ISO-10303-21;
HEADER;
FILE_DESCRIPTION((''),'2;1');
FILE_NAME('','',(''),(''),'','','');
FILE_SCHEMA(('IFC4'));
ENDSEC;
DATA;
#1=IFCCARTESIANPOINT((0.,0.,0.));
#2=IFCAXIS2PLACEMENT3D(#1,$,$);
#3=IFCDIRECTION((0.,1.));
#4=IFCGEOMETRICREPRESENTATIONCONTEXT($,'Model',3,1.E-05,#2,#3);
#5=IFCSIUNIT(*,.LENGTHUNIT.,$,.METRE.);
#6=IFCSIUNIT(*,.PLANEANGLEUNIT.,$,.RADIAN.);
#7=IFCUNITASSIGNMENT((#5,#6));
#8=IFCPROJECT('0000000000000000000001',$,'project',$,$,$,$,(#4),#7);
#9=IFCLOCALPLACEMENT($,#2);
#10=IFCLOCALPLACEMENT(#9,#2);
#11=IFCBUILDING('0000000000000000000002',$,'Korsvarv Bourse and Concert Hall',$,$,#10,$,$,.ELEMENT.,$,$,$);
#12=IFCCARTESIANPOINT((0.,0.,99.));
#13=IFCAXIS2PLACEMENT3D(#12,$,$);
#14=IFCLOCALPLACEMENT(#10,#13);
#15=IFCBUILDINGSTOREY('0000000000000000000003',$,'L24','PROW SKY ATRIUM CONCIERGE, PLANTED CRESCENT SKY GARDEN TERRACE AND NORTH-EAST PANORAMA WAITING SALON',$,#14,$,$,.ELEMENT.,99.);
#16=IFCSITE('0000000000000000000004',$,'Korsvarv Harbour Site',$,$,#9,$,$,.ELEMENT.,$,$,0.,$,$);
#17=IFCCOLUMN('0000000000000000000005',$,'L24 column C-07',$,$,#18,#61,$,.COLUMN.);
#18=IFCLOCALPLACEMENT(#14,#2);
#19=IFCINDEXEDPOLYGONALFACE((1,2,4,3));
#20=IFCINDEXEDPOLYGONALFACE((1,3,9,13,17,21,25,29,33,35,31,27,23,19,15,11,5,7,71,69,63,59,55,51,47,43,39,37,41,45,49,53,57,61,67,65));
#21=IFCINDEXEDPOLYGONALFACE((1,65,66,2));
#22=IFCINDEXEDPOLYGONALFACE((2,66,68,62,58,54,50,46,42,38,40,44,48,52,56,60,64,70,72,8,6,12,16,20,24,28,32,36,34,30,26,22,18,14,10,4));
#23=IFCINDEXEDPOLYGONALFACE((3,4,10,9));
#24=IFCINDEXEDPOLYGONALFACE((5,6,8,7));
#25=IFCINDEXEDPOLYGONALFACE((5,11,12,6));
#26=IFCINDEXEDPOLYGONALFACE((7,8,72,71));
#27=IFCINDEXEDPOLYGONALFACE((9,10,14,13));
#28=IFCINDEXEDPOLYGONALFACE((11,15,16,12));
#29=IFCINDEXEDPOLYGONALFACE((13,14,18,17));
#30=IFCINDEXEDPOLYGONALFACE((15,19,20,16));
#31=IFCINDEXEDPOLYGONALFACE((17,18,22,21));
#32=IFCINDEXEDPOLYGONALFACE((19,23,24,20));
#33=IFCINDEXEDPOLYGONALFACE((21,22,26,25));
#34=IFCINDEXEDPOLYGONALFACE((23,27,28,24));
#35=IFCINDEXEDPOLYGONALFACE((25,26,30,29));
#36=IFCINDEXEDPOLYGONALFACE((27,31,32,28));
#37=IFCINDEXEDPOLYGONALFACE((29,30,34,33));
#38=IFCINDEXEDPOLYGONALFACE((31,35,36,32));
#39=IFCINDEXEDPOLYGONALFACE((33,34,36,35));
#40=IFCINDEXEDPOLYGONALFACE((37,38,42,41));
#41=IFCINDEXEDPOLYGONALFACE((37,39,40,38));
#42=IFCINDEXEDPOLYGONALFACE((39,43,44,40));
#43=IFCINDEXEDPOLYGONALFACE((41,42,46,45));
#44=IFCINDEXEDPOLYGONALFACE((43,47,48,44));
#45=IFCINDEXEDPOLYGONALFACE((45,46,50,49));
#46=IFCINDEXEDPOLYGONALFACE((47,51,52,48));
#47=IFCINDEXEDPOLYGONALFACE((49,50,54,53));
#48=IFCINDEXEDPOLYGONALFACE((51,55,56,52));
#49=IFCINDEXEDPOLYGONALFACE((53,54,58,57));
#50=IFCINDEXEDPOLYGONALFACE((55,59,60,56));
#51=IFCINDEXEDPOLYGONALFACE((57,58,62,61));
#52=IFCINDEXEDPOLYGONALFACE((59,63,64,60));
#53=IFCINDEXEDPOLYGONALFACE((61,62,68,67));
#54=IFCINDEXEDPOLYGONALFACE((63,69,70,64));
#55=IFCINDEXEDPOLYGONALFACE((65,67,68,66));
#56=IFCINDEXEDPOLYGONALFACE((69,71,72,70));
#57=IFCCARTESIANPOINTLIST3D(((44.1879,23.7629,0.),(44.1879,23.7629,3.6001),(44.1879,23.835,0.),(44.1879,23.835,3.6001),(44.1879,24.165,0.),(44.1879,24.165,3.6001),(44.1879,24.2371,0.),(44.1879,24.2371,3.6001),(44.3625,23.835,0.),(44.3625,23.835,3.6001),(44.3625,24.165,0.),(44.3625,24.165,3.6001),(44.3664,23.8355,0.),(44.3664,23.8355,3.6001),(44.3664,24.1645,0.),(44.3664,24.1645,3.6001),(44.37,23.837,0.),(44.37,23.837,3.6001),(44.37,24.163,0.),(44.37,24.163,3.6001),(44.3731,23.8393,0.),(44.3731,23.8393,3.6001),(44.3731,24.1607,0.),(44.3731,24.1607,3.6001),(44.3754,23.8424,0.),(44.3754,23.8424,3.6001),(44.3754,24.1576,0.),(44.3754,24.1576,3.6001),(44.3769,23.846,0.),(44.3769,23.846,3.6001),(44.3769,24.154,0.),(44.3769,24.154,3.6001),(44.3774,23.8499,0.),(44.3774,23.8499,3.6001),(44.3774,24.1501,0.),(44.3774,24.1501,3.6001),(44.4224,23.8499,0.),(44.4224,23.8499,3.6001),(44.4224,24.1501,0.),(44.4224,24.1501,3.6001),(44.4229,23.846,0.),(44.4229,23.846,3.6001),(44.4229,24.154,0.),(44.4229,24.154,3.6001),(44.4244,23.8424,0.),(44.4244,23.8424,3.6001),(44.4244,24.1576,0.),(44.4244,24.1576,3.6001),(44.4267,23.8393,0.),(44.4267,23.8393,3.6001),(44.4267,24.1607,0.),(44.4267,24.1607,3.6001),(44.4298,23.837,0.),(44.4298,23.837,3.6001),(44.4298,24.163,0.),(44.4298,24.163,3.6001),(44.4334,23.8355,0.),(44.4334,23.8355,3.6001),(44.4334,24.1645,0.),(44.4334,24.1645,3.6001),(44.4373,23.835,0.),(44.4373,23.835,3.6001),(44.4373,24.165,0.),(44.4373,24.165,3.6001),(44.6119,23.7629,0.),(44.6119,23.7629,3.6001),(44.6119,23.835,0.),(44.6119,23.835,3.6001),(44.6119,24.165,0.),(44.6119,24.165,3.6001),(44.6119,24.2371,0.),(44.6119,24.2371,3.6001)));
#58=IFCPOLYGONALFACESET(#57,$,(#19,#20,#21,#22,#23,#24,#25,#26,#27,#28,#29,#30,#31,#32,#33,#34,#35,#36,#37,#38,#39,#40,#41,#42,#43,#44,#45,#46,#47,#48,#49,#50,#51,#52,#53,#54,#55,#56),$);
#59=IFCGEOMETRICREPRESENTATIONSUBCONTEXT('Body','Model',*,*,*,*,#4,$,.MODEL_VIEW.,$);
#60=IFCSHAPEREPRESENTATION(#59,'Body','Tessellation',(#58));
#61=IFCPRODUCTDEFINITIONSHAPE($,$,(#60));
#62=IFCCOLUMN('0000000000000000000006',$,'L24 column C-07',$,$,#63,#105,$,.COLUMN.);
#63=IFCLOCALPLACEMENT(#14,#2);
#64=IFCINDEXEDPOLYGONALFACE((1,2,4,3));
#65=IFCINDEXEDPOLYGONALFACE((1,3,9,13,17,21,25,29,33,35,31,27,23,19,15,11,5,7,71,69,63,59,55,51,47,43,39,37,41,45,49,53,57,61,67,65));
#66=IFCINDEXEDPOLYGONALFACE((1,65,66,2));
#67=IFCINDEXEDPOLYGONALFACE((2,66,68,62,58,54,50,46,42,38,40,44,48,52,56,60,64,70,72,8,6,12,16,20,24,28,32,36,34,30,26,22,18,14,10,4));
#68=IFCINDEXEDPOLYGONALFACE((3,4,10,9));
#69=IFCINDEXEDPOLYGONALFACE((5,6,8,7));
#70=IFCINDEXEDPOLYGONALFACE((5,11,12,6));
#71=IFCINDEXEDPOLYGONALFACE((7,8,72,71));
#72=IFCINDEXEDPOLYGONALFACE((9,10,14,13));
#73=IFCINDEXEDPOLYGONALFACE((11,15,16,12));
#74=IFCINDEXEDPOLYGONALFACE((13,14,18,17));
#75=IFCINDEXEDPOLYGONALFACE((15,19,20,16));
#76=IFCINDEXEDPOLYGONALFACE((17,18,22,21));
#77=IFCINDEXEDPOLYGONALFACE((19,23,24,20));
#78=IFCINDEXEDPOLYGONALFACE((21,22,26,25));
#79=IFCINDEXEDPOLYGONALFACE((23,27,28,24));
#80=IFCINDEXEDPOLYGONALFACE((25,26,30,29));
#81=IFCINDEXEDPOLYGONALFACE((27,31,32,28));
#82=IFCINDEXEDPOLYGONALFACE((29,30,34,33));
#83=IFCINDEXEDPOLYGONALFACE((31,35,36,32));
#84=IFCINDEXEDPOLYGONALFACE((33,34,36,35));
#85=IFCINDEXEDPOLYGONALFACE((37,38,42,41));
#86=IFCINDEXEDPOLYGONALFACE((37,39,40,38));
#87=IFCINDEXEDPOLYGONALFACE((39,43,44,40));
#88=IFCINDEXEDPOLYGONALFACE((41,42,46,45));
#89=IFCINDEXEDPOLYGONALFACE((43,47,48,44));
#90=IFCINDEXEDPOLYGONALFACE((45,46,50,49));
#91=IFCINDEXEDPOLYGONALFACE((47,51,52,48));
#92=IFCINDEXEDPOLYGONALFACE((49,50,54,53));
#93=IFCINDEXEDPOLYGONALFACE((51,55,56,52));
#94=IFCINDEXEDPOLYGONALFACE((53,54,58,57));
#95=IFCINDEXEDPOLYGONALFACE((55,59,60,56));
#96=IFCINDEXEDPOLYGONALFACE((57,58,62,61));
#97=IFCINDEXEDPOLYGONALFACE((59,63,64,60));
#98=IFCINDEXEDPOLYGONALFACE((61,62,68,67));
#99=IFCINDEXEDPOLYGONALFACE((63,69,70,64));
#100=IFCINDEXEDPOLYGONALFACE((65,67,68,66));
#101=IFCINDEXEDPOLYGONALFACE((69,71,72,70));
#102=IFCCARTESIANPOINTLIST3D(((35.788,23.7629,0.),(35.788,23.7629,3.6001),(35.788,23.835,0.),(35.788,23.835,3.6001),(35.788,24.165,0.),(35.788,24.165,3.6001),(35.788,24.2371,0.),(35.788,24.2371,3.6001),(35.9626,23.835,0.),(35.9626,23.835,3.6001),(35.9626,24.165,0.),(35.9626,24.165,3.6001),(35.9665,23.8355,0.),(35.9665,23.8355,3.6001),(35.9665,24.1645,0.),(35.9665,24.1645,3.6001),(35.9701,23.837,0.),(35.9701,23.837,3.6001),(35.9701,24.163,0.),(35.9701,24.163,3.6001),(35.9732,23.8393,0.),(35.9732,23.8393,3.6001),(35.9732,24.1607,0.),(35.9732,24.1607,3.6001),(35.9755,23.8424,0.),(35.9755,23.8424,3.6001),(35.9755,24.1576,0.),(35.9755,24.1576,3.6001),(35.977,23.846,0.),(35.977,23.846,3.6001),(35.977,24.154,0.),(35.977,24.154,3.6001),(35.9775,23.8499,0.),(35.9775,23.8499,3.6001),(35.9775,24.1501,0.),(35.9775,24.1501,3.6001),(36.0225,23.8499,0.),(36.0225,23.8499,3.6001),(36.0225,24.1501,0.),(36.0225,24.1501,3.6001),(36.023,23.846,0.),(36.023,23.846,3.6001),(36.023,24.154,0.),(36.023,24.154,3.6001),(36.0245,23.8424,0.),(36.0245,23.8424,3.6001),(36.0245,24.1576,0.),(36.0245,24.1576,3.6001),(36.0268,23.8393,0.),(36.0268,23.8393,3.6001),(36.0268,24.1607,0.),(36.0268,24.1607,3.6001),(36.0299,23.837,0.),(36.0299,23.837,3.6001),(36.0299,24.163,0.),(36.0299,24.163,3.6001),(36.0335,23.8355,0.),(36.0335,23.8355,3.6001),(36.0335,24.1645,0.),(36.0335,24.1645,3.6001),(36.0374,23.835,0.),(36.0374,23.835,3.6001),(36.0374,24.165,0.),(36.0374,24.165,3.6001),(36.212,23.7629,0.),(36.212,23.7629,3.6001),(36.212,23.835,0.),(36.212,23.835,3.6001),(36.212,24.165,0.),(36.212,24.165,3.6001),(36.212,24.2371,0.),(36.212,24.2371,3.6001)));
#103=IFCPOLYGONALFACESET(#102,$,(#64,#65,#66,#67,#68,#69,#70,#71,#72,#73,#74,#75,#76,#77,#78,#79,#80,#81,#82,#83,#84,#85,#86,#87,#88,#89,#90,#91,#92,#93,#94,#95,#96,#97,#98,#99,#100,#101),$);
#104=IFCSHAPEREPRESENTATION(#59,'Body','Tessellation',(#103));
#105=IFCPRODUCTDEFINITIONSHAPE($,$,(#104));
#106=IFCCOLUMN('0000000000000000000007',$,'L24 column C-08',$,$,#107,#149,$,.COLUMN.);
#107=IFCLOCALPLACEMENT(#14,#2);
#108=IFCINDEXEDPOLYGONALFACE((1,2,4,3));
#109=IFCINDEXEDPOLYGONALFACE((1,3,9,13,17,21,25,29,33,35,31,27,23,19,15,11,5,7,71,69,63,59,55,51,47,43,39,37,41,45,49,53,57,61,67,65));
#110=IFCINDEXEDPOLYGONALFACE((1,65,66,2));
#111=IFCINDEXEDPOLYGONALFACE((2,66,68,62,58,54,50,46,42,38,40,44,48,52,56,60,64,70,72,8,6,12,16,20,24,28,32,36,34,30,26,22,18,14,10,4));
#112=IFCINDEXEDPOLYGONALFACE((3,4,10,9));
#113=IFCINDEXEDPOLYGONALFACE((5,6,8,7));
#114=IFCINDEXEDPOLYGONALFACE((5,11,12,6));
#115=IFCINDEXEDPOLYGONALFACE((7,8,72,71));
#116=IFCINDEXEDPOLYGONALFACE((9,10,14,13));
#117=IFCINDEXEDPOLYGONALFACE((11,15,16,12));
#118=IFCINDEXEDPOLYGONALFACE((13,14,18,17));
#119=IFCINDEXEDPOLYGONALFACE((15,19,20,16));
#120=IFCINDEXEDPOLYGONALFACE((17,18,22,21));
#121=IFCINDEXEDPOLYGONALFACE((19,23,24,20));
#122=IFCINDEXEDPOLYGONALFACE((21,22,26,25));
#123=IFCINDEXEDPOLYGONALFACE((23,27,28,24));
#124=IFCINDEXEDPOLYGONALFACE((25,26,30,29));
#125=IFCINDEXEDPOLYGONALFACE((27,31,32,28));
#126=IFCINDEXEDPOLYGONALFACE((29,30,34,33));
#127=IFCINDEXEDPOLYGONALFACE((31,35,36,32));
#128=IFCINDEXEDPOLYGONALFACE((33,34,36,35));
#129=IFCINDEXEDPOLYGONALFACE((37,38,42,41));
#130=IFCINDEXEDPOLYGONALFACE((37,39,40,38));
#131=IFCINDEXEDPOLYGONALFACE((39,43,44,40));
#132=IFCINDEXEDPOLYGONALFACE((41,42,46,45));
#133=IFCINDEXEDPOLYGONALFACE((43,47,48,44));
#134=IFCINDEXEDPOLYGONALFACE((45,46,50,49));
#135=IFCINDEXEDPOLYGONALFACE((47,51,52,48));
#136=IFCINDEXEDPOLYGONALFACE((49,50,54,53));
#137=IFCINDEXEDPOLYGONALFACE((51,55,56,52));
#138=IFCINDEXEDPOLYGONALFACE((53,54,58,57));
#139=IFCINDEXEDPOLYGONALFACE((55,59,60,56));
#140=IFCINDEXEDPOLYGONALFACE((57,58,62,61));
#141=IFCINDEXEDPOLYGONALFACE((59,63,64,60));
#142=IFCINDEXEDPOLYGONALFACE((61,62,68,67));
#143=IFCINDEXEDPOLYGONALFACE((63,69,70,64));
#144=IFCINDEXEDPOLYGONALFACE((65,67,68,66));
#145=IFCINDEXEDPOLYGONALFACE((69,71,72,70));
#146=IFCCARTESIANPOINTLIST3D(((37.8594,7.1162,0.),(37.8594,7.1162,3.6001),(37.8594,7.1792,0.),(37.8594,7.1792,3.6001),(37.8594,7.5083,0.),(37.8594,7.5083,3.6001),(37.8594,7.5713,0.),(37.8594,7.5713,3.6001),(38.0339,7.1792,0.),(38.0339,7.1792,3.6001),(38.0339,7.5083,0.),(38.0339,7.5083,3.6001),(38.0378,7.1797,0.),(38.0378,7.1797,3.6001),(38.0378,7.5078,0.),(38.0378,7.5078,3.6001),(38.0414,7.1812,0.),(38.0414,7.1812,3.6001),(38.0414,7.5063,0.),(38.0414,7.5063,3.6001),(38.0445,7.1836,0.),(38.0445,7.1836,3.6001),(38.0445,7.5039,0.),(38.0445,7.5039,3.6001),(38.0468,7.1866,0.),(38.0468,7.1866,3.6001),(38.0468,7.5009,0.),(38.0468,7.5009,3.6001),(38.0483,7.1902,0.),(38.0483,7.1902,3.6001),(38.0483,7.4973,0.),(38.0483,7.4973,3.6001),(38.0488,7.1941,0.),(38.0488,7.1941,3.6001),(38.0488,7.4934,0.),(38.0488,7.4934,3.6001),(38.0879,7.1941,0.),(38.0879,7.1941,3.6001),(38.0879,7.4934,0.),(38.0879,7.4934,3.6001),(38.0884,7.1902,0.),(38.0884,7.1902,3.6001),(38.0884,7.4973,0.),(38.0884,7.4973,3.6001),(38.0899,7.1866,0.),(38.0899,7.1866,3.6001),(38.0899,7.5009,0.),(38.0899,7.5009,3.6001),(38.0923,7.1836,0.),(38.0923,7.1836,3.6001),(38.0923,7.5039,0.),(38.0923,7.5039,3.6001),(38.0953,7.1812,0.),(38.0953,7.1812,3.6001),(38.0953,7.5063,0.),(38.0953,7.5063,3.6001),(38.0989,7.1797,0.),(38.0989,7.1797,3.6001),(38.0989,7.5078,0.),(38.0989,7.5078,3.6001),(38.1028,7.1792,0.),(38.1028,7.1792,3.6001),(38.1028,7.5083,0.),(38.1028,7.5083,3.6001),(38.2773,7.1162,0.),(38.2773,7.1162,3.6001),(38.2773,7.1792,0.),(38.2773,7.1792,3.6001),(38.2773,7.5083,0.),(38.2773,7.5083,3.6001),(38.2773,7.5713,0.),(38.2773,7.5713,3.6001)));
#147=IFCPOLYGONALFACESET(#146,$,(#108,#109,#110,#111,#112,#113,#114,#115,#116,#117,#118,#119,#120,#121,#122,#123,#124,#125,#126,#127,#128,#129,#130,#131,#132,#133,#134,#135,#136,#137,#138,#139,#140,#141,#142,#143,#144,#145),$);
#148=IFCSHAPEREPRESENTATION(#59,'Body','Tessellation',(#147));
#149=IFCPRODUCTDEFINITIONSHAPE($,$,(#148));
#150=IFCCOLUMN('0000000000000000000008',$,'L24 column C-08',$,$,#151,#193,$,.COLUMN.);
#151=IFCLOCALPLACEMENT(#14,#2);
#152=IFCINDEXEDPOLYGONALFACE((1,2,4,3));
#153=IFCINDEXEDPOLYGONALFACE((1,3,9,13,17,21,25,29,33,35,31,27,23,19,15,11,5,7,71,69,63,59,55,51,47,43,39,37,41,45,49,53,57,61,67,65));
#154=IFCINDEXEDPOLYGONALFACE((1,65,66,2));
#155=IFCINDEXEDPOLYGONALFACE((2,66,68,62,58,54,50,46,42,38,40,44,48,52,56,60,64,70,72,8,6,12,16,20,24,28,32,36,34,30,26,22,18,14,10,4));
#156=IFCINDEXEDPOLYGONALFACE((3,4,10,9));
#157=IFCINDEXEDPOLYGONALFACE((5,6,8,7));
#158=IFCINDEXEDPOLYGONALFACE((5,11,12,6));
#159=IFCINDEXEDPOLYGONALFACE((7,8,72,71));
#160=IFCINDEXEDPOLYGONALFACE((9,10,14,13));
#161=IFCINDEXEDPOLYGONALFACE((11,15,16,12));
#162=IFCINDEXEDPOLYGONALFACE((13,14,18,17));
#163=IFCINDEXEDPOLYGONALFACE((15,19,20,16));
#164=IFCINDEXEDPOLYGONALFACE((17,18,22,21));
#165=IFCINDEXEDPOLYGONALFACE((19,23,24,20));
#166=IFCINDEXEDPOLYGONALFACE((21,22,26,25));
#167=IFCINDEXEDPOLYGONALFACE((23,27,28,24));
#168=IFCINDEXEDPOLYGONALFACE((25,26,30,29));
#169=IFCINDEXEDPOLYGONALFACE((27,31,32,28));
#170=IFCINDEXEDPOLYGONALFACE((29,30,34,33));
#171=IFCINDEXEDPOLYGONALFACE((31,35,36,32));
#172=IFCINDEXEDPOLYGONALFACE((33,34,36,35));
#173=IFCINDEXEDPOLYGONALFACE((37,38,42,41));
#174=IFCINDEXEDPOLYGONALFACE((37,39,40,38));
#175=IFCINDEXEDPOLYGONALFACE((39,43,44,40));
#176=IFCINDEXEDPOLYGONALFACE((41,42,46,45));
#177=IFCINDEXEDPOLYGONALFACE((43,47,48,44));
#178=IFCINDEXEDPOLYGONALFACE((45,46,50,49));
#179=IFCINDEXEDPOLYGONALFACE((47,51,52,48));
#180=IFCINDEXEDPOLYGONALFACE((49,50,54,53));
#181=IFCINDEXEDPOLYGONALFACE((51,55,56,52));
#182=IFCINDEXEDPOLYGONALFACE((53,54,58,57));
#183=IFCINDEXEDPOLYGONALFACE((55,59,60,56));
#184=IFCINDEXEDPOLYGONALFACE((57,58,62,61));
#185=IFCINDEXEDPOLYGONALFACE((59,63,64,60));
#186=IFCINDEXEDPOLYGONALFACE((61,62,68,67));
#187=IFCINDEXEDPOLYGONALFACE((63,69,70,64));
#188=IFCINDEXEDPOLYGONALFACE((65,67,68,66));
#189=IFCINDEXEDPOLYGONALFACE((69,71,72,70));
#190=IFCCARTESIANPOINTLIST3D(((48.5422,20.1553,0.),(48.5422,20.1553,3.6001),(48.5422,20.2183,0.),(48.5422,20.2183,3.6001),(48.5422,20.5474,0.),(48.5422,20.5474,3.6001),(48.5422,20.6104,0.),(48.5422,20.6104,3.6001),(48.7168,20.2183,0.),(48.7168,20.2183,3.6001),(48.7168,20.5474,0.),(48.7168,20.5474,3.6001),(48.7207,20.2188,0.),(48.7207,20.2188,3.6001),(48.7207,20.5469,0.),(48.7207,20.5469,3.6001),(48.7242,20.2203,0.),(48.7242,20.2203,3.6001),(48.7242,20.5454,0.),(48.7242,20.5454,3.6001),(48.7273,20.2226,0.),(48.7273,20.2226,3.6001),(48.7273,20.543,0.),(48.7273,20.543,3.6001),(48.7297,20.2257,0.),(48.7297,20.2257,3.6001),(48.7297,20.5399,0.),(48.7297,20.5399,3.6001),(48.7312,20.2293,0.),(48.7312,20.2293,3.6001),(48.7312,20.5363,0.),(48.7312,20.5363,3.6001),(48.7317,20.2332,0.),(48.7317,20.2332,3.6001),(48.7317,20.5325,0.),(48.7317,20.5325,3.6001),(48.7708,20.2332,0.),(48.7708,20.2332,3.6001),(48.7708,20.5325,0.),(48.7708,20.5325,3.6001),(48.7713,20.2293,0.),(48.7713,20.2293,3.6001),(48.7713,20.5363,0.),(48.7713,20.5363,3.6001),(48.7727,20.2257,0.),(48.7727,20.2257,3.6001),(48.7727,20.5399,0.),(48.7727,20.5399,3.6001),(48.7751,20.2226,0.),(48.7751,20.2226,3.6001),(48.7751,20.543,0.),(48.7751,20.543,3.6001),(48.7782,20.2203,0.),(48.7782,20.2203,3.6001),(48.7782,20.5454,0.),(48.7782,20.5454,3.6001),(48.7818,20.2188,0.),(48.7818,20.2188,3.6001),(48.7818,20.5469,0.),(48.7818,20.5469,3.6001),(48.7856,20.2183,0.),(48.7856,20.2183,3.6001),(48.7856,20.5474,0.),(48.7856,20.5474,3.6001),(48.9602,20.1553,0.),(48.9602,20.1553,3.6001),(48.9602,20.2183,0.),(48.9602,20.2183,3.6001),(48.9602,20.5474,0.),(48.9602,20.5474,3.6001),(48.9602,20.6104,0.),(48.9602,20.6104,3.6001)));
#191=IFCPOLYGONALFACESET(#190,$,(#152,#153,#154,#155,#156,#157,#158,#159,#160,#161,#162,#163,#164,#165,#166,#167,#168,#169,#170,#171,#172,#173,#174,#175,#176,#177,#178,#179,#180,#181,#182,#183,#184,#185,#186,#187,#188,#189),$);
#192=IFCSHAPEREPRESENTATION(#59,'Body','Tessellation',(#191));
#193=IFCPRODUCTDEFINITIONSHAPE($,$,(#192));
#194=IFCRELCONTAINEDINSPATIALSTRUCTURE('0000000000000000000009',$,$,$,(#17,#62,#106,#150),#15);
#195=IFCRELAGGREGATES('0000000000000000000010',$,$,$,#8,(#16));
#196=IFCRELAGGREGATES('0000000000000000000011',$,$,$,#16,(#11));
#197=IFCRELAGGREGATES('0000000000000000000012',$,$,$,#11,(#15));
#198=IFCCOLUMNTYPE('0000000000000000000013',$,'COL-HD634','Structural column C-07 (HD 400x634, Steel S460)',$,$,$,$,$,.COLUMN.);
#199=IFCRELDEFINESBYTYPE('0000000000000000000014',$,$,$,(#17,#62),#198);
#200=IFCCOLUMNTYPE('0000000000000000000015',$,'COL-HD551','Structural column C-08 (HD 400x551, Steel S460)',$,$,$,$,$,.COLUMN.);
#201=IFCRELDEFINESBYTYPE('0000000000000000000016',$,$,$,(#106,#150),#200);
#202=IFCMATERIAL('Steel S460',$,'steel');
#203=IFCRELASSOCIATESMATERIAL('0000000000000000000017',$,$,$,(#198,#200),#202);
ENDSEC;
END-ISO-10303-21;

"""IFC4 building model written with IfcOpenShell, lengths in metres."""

from ifc_helpers import new_model, si_unit, direction, frame, origin, origin_2d, place, context, subcontext, project, spatial, i_section, extrude, source, transform, mapped, material, material_profile, profile_set, type_object, element, save


model = new_model("IFC4")

# Units and contexts
model_context = context("Model", 3, precision=1e-05, world=origin(), true_north=direction((0.0, 1.0)))
body_context = subcontext(model_context, "Body", "Model", "MODEL_VIEW")
ifc_project = project(units=[si_unit("LENGTHUNIT", "METRE"), si_unit("PLANEANGLEUNIT", "RADIAN")], contexts=[model_context])

# Site, building, storey
site_placement = place(None, origin())
site = spatial("IfcSite", under=ifc_project, at=site_placement, Name="Korsvarv Harbour Site", CompositionType="ELEMENT", RefElevation=0.0)
building_placement = place(site_placement, origin())
building = spatial("IfcBuilding", under=site, at=building_placement, Name="Korsvarv Bourse and Concert Hall", CompositionType="ELEMENT")
storey_placement = place(building_placement, frame((0.0, 0.0, 99.0)))
storey = spatial("IfcBuildingStorey", under=building, at=storey_placement, Name="L24", Description="PROW SKY ATRIUM CONCIERGE, PLANTED CRESCENT SKY GARDEN TERRACE AND NORTH-EAST PANORAMA WAITING SALON", CompositionType="ELEMENT", Elevation=99.0)

# Columns
ifc_material_1 = material(Name="Steel S460", Category="steel")
ifc_material_profile_1 = material_profile(ifc_material_1, i_section(OverallWidth=0.4241, OverallDepth=0.4741, WebThickness=0.0449, FlangeThickness=0.072, FilletRadius=0.0149, at=origin_2d()), Name="HD 400x634")
ifc_profile_set_1 = profile_set([ifc_material_profile_1], Name="Steel S460")
column_type_1 = type_object("IfcColumnType", Name="COL-HD634", Description="Structural column C-07 (HD 400x634, Steel S460)", PredefinedType="COLUMN", material=ifc_profile_set_1)
shared_shape_1 = source(origin(), body_context, "Body", "SweptSolid", [
    extrude(i_section(OverallWidth=0.4241, OverallDepth=0.4741, WebThickness=0.0449, FlangeThickness=0.072, FilletRadius=0.0149, at=origin_2d()), origin(), (0.0, 0.0, 1.0), 3.6001),
])
for number, where, z_axis, x_axis, name in (
    (1, (44.3999, 24.0, 0.0), (0.0, 0.0, 1.0), (1.0, 0.0, 0.0), "L24 column C-07"),
    (2, (36.0, 24.0, 0.0), (0.0, 0.0, 1.0), (1.0, 0.0, 0.0), "L24 column C-07"),
):
    element("IfcColumn", number, at=place(storey_placement, frame(where, z_axis=z_axis, x_axis=x_axis)), inside=storey, type_object=column_type_1, Name=name, PredefinedType="COLUMN", context=body_context, shape_type="MappedRepresentation", body=[
        mapped(shared_shape_1, transform((0.0, 0.0, 0.0), scale=1.0)),
    ])
ifc_material_profile_2 = material_profile(ifc_material_1, i_section(OverallWidth=0.418, OverallDepth=0.4551, WebThickness=0.0391, FlangeThickness=0.063, FilletRadius=0.0149, at=origin_2d()), Name="HD 400x551")
ifc_profile_set_2 = profile_set([ifc_material_profile_2], Name="Steel S460")
column_type_2 = type_object("IfcColumnType", Name="COL-HD551", Description="Structural column C-08 (HD 400x551, Steel S460)", PredefinedType="COLUMN", material=ifc_profile_set_2)
shared_shape_2 = source(origin(), body_context, "Body", "SweptSolid", [
    extrude(i_section(OverallWidth=0.418, OverallDepth=0.4551, WebThickness=0.0391, FlangeThickness=0.063, FilletRadius=0.0149, at=origin_2d()), origin(), (0.0, 0.0, 1.0), 3.6001),
])
for number, where, z_axis, x_axis, name in (
    (3, (38.0684, 7.3438, 0.0), (0.0, 0.0, 1.0), (1.0, 0.0, 0.0), "L24 column C-08"),
    (4, (48.7512, 20.3828, 0.0), (0.0, 0.0, 1.0), (1.0, 0.0, 0.0), "L24 column C-08"),
):
    element("IfcColumn", number, at=place(storey_placement, frame(where, z_axis=z_axis, x_axis=x_axis)), inside=storey, type_object=column_type_2, Name=name, PredefinedType="COLUMN", context=body_context, shape_type="MappedRepresentation", body=[
        mapped(shared_shape_2, transform((0.0, 0.0, 0.0), scale=1.0)),
    ])

save(model, "model.ifc")
